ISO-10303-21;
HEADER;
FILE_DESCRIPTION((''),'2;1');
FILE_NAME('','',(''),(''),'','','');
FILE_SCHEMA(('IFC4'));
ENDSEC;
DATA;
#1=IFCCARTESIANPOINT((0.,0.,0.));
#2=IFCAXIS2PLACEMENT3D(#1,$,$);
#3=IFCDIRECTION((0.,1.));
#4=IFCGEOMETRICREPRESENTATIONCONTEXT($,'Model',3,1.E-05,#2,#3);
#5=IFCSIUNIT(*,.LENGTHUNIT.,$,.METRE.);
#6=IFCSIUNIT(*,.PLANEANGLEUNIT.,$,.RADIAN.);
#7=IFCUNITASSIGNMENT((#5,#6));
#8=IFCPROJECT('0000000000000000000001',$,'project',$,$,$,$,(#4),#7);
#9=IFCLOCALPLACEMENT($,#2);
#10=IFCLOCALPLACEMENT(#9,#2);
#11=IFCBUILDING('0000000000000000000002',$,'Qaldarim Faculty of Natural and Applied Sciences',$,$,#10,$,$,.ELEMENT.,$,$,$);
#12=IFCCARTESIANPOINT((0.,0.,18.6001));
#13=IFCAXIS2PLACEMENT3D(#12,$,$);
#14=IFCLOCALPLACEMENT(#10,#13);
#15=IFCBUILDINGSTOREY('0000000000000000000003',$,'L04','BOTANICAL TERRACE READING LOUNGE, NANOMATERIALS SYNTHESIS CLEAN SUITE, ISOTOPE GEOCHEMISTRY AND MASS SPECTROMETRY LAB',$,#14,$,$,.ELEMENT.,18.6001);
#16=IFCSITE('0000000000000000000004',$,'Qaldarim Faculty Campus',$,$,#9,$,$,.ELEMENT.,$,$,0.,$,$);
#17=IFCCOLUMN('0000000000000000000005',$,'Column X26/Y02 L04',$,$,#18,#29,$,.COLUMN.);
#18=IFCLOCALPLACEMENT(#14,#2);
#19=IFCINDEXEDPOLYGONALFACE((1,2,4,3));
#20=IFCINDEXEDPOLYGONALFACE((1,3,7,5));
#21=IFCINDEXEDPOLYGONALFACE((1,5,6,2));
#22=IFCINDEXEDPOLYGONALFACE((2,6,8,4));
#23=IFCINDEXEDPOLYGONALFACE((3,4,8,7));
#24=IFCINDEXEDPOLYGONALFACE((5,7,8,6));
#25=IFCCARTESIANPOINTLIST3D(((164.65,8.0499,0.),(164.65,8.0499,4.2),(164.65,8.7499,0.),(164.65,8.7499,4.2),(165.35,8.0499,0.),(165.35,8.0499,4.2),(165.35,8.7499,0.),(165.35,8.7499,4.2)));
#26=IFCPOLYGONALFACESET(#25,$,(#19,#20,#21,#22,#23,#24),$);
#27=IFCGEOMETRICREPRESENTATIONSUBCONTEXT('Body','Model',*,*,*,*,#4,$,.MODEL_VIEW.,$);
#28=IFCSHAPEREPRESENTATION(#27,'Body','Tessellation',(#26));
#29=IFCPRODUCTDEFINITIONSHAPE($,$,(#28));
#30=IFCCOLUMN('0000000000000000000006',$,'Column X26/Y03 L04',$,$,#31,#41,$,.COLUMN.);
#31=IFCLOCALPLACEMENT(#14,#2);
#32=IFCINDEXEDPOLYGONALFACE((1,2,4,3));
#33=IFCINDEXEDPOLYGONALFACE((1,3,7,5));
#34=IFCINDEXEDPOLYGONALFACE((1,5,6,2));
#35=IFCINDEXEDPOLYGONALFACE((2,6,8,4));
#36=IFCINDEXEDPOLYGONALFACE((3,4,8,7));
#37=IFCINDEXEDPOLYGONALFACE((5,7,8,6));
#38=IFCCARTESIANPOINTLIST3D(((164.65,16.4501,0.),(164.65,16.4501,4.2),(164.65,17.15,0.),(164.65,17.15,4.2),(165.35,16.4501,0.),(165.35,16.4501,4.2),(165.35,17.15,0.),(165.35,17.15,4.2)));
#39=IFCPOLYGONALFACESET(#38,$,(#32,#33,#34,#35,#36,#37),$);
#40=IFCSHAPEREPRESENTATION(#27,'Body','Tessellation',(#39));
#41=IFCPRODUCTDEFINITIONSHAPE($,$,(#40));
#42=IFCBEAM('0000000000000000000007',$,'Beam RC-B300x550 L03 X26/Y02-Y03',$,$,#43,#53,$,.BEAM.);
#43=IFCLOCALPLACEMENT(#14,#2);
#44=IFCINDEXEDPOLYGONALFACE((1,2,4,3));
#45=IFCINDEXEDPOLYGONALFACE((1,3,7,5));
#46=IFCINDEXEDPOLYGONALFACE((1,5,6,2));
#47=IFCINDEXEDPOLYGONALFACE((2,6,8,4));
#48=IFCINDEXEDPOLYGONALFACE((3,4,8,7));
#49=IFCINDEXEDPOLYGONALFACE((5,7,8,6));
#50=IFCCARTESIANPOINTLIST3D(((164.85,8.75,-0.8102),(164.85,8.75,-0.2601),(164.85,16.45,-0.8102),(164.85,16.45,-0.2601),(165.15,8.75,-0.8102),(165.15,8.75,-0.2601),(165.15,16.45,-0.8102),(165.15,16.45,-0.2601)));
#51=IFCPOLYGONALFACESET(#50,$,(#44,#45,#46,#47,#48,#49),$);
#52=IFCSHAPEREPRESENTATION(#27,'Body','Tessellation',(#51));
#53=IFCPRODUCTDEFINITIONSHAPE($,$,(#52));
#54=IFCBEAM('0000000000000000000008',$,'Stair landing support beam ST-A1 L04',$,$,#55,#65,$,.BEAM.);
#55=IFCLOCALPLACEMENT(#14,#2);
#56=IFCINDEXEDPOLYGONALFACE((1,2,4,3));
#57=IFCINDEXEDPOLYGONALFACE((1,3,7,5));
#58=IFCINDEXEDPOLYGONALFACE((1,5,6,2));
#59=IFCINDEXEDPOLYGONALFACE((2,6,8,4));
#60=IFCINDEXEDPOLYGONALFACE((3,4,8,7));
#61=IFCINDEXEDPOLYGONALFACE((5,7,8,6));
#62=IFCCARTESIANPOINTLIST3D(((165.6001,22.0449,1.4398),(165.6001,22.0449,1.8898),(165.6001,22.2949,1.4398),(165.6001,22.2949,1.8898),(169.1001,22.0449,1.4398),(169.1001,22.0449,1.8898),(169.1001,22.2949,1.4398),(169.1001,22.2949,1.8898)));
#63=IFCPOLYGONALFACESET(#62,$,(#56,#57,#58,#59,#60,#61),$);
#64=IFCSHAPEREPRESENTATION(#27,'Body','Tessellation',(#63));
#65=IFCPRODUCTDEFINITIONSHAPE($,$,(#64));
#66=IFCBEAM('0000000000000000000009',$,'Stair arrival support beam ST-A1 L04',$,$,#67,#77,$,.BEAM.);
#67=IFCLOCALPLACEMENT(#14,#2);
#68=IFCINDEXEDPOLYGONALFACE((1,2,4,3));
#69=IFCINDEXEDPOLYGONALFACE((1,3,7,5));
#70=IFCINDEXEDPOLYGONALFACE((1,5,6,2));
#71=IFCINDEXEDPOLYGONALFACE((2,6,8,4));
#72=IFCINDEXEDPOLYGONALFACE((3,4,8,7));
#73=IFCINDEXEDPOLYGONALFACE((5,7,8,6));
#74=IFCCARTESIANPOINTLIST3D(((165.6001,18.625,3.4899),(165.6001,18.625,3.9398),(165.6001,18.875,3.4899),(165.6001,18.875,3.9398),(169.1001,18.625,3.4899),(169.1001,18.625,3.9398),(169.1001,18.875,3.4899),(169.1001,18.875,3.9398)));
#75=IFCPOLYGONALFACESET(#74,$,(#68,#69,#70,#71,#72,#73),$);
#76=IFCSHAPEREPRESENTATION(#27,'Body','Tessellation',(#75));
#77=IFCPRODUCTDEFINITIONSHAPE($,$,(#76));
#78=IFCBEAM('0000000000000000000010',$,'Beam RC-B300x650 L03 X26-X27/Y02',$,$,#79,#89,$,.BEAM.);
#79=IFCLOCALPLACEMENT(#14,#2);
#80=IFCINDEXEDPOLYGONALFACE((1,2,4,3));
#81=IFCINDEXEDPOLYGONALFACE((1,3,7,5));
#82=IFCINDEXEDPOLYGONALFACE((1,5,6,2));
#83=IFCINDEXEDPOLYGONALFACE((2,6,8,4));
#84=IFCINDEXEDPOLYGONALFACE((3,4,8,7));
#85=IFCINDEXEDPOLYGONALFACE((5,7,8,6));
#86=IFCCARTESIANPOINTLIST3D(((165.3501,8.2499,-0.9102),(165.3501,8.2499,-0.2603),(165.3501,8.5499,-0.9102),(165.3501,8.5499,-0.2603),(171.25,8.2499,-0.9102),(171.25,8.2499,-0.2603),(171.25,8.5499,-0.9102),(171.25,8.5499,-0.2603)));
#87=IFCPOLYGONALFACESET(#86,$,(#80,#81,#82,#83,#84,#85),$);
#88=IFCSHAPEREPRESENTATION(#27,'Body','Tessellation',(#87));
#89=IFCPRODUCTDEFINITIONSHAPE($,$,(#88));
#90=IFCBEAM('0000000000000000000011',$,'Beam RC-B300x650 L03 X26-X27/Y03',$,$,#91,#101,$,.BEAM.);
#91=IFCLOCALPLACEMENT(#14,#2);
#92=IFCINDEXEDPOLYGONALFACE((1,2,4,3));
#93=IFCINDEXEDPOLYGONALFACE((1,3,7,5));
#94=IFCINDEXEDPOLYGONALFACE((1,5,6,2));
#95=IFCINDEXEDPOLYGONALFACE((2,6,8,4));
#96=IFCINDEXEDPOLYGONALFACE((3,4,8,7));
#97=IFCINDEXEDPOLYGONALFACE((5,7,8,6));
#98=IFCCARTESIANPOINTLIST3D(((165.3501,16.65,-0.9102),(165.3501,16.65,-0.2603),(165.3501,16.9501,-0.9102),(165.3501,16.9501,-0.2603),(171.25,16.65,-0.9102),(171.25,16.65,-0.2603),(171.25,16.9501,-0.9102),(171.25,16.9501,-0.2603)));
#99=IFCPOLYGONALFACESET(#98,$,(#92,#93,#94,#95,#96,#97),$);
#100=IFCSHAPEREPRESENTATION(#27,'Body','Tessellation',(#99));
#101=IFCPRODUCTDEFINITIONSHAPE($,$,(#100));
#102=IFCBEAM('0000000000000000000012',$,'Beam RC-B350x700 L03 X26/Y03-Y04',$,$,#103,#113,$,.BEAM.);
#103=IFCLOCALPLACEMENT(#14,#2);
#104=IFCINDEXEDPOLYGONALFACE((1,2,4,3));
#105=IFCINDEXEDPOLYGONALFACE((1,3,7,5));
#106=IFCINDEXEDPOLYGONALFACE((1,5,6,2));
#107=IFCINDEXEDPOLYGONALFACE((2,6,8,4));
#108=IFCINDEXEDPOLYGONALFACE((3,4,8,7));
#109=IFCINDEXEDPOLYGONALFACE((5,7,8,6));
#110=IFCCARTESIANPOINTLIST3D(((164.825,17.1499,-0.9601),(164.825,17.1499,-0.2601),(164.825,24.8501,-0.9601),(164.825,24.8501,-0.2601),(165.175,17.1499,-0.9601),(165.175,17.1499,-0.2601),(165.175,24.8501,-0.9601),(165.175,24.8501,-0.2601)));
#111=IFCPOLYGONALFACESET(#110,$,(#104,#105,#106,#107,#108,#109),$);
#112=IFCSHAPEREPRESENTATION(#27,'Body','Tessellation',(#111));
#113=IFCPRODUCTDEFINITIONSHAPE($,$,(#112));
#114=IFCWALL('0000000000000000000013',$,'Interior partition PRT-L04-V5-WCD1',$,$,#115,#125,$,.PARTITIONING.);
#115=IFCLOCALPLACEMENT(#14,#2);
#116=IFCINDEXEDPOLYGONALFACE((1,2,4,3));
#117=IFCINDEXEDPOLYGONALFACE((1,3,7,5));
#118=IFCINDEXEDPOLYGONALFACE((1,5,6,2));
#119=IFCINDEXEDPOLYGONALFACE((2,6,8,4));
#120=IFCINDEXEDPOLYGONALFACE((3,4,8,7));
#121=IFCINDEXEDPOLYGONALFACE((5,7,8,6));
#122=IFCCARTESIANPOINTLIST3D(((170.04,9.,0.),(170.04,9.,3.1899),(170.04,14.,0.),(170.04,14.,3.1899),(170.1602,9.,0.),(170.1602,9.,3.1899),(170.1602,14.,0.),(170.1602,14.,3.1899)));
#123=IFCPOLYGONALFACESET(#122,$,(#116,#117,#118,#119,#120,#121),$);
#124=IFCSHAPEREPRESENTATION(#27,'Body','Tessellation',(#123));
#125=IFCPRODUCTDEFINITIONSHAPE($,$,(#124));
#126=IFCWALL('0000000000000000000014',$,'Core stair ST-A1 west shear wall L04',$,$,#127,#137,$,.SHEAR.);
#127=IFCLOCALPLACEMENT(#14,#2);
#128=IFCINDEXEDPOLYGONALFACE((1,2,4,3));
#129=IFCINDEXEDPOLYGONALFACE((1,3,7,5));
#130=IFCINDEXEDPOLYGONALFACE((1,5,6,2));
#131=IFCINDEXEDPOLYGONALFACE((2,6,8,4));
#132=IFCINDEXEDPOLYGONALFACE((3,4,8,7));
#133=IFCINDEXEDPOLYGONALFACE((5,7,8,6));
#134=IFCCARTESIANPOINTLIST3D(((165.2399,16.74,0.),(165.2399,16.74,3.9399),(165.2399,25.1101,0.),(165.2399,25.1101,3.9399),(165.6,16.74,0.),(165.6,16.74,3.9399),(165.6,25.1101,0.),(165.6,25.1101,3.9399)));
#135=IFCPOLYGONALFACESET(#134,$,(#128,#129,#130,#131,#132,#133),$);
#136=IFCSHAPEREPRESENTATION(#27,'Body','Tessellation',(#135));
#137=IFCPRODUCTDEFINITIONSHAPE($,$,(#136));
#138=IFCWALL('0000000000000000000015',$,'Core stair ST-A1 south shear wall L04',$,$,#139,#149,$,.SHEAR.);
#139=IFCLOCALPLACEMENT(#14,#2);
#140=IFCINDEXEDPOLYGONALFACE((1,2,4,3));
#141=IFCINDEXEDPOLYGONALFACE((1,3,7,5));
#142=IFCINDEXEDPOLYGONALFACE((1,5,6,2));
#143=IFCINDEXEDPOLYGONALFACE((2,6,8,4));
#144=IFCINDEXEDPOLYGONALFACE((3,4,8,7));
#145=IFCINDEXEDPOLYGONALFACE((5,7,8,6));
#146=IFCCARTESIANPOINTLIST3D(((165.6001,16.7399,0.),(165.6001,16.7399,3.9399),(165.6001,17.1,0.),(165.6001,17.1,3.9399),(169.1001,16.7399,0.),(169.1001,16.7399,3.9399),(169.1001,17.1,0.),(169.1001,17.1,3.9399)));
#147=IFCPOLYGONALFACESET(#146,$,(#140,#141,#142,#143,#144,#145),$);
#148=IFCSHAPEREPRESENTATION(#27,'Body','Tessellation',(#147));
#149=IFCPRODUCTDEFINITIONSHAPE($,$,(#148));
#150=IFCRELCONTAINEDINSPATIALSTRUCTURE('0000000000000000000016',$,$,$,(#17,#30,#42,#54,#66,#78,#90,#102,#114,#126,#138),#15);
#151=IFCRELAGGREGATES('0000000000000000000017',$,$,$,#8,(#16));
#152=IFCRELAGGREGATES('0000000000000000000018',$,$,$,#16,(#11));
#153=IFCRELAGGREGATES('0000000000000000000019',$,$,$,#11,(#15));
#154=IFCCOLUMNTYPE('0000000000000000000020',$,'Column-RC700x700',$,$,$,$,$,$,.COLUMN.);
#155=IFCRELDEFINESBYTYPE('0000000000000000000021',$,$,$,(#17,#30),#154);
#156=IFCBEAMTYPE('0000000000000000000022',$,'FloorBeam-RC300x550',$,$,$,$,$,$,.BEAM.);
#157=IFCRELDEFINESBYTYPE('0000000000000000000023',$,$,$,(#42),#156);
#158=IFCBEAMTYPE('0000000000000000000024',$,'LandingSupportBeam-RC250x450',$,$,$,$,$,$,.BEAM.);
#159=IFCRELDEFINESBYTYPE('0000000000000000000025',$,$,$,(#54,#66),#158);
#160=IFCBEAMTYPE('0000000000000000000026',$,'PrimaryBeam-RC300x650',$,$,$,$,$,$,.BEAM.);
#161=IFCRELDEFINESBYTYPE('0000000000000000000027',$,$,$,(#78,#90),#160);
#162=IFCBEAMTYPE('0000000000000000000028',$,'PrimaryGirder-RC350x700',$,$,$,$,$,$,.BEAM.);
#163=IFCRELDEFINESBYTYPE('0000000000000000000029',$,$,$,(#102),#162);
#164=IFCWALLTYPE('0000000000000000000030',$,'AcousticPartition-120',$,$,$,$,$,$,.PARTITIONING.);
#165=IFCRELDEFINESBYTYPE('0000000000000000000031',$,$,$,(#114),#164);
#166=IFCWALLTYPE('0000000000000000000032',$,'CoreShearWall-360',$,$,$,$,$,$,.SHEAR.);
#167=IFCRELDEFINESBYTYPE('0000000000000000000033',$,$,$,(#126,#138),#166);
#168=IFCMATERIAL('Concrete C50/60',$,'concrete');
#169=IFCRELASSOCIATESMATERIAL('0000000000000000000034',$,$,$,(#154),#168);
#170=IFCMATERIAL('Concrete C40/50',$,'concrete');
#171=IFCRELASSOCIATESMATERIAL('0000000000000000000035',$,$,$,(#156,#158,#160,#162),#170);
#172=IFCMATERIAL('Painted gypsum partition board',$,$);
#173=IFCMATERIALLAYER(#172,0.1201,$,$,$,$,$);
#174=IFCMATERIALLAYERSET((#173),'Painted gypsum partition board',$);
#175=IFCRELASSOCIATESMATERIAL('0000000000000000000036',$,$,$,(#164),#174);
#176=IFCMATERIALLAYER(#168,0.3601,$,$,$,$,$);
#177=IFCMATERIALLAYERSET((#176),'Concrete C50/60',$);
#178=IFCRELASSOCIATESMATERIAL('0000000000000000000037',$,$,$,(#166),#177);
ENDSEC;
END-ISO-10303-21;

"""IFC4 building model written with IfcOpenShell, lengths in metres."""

from ifc_helpers import new_model, si_unit, direction, frame, frame_2d, origin, origin_2d, place, context, subcontext, project, spatial, rectangle, extrude, material, layer, layer_set, material_profile, profile_set, type_object, element, save


model = new_model("IFC4")

# Units and contexts
model_context = context("Model", 3, precision=1e-05, world=origin(), true_north=direction((0.0, 1.0)))
body_context = subcontext(model_context, "Body", "Model", "MODEL_VIEW")
ifc_project = project(units=[si_unit("LENGTHUNIT", "METRE"), si_unit("PLANEANGLEUNIT", "RADIAN")], contexts=[model_context])

# Site, building, storey
site_placement = place(None, origin())
site = spatial("IfcSite", under=ifc_project, at=site_placement, Name="Qaldarim Faculty Campus", CompositionType="ELEMENT", RefElevation=0.0)
building_placement = place(site_placement, origin())
building = spatial("IfcBuilding", under=site, at=building_placement, Name="Qaldarim Faculty of Natural and Applied Sciences", CompositionType="ELEMENT")
storey_placement = place(building_placement, frame((0.0, 0.0, 18.6001)))
storey = spatial("IfcBuildingStorey", under=building, at=storey_placement, Name="L04", Description="BOTANICAL TERRACE READING LOUNGE, NANOMATERIALS SYNTHESIS CLEAN SUITE, ISOTOPE GEOCHEMISTRY AND MASS SPECTROMETRY LAB", CompositionType="ELEMENT", Elevation=18.6001)

# Columns
ifc_material_1 = material(Name="Concrete C50/60", Category="concrete")
ifc_material_profile_1 = material_profile(ifc_material_1, rectangle(XDim=0.7, YDim=0.7, at=origin_2d()), Name="RC-C700x700")
ifc_profile_set_1 = profile_set([ifc_material_profile_1], Name="Concrete C50/60")
column_type = type_object("IfcColumnType", Name="Column-RC700x700", PredefinedType="COLUMN", material=ifc_profile_set_1)
for number, where, z_axis, x_axis, name in (
    (1, (165.0, 8.3999, 0.0), (0.0, 0.0, 1.0), (1.0, 0.0, 0.0), "Column X26/Y02 L04"),
    (2, (165.0, 16.8, 0.0), (0.0, 0.0, 1.0), (1.0, 0.0, 0.0), "Column X26/Y03 L04"),
):
    element("IfcColumn", number, at=place(storey_placement, frame(where, z_axis=z_axis, x_axis=x_axis)), inside=storey, type_object=column_type, Name=name, PredefinedType="COLUMN", context=body_context, shape_type="SweptSolid", body=[
        extrude(rectangle(XDim=0.7, YDim=0.7, at=origin_2d()), origin(), (0.0, 0.0, 1.0), 4.2),
    ])

# Beams
ifc_material_2 = material(Name="Concrete C40/50", Category="concrete")
ifc_material_profile_2 = material_profile(ifc_material_2, rectangle(XDim=0.3, YDim=0.55, at=origin_2d()), Name="RC-B300x550")
ifc_profile_set_2 = profile_set([ifc_material_profile_2], Name="Concrete C40/50")
beam_type_1 = type_object("IfcBeamType", Name="FloorBeam-RC300x550", PredefinedType="BEAM", material=ifc_profile_set_2)
beam_1_placement = place(storey_placement, frame((165.0, 8.75, -0.5352), z_axis=(0.0, 1.0, 0.0), x_axis=(-1.0, 0.0, 0.0)))
element("IfcBeam", 3, at=beam_1_placement, inside=storey, type_object=beam_type_1, Name="Beam RC-B300x550 L03 X26/Y02-Y03", PredefinedType="BEAM", context=body_context, shape_type="SweptSolid", body=[
    extrude(rectangle(XDim=0.3, YDim=0.55, at=origin_2d()), origin(), (0.0, 0.0, 1.0), 7.7),
])
ifc_material_profile_3 = material_profile(ifc_material_2, rectangle(XDim=0.25, YDim=0.45, at=origin_2d()), Name="RC-LN250x450")
ifc_profile_set_3 = profile_set([ifc_material_profile_3], Name="Concrete C40/50")
beam_type_2 = type_object("IfcBeamType", Name="LandingSupportBeam-RC250x450", PredefinedType="BEAM", material=ifc_profile_set_3)
for number, where, z_axis, x_axis, name in (
    (4, (165.6001, 22.1699, 1.6648), (1.0, 0.0, 0.0), (0.0, 1.0, 0.0), "Stair landing support beam ST-A1 L04"),
    (5, (165.6001, 18.75, 3.7148), (1.0, 0.0, 0.0), (0.0, 1.0, 0.0), "Stair arrival support beam ST-A1 L04"),
):
    element("IfcBeam", number, at=place(storey_placement, frame(where, z_axis=z_axis, x_axis=x_axis)), inside=storey, type_object=beam_type_2, Name=name, PredefinedType="BEAM", context=body_context, shape_type="SweptSolid", body=[
        extrude(rectangle(XDim=0.25, YDim=0.45, at=origin_2d()), origin(), (0.0, 0.0, 1.0), 3.5),
    ])
ifc_material_profile_4 = material_profile(ifc_material_2, rectangle(XDim=0.3, YDim=0.6499, at=origin_2d()), Name="RC-B300x650")
ifc_profile_set_4 = profile_set([ifc_material_profile_4], Name="Concrete C40/50")
beam_type_3 = type_object("IfcBeamType", Name="PrimaryBeam-RC300x650", PredefinedType="BEAM", material=ifc_profile_set_4)
for number, where, z_axis, x_axis, name in (
    (6, (165.3501, 8.3999, -0.5852), (1.0, 0.0, 0.0), (0.0, 1.0, 0.0), "Beam RC-B300x650 L03 X26-X27/Y02"),
    (7, (165.3501, 16.8, -0.5852), (1.0, 0.0, 0.0), (0.0, 1.0, 0.0), "Beam RC-B300x650 L03 X26-X27/Y03"),
):
    element("IfcBeam", number, at=place(storey_placement, frame(where, z_axis=z_axis, x_axis=x_axis)), inside=storey, type_object=beam_type_3, Name=name, PredefinedType="BEAM", context=body_context, shape_type="SweptSolid", body=[
        extrude(rectangle(XDim=0.3, YDim=0.6499, at=origin_2d()), origin(), (0.0, 0.0, 1.0), 5.8999),
    ])
ifc_material_profile_5 = material_profile(ifc_material_2, rectangle(XDim=0.3501, YDim=0.7, at=origin_2d()), Name="RC-B350x700")
ifc_profile_set_5 = profile_set([ifc_material_profile_5], Name="Concrete C40/50")
beam_type_4 = type_object("IfcBeamType", Name="PrimaryGirder-RC350x700", PredefinedType="BEAM", material=ifc_profile_set_5)
beam_2_placement = place(storey_placement, frame((165.0, 17.1499, -0.6101), z_axis=(0.0, 1.0, 0.0), x_axis=(-1.0, 0.0, 0.0)))
element("IfcBeam", 8, at=beam_2_placement, inside=storey, type_object=beam_type_4, Name="Beam RC-B350x700 L03 X26/Y03-Y04", PredefinedType="BEAM", context=body_context, shape_type="SweptSolid", body=[
    extrude(rectangle(XDim=0.3501, YDim=0.7, at=origin_2d()), origin(), (0.0, 0.0, 1.0), 7.7002),
])

# Walls
ifc_material_3 = material(Name="Painted gypsum partition board")
ifc_layer_1 = layer(ifc_material_3, 0.1201)
ifc_layer_set_1 = layer_set([ifc_layer_1], Name="Painted gypsum partition board")
wall_type_1 = type_object("IfcWallType", Name="AcousticPartition-120", PredefinedType="PARTITIONING", material=ifc_layer_set_1)
wall_1_placement = place(storey_placement, frame((170.1001, 9.0, 0.0), z_axis=(0.0, 0.0, 1.0), x_axis=(0.0, 1.0, 0.0)))
element("IfcWall", 9, at=wall_1_placement, inside=storey, type_object=wall_type_1, Name="Interior partition PRT-L04-V5-WCD1", PredefinedType="PARTITIONING", context=body_context, shape_type="SweptSolid", body=[
    extrude(rectangle(XDim=5.0, YDim=0.1201, at=frame_2d((2.5, 0.0))), origin(), (0.0, 0.0, 1.0), 3.1899),
])
ifc_layer_2 = layer(ifc_material_1, 0.3601)
ifc_layer_set_2 = layer_set([ifc_layer_2], Name="Concrete C50/60")
wall_type_2 = type_object("IfcWallType", Name="CoreShearWall-360", PredefinedType="SHEAR", material=ifc_layer_set_2)
wall_2_placement = place(storey_placement, frame((165.4199, 16.74, 0.0), z_axis=(0.0, 0.0, 1.0), x_axis=(0.0, 1.0, 0.0)))
element("IfcWall", 10, at=wall_2_placement, inside=storey, type_object=wall_type_2, Name="Core stair ST-A1 west shear wall L04", PredefinedType="SHEAR", context=body_context, shape_type="SweptSolid", body=[
    extrude(rectangle(XDim=8.3701, YDim=0.3601, at=frame_2d((4.1851, 0.0))), origin(), (0.0, 0.0, 1.0), 3.9399),
])

# Wall
wall_3_placement = place(storey_placement, frame((165.6001, 16.9199, 0.0), z_axis=(0.0, 0.0, 1.0), x_axis=(1.0, 0.0, 0.0)))
element("IfcWall", 11, at=wall_3_placement, inside=storey, type_object=wall_type_2, Name="Core stair ST-A1 south shear wall L04", PredefinedType="SHEAR", context=body_context, shape_type="SweptSolid", body=[
    extrude(rectangle(XDim=3.5, YDim=0.3601, at=frame_2d((1.75, 0.0))), origin(), (0.0, 0.0, 1.0), 3.9399),
])

save(model, "model.ifc")
